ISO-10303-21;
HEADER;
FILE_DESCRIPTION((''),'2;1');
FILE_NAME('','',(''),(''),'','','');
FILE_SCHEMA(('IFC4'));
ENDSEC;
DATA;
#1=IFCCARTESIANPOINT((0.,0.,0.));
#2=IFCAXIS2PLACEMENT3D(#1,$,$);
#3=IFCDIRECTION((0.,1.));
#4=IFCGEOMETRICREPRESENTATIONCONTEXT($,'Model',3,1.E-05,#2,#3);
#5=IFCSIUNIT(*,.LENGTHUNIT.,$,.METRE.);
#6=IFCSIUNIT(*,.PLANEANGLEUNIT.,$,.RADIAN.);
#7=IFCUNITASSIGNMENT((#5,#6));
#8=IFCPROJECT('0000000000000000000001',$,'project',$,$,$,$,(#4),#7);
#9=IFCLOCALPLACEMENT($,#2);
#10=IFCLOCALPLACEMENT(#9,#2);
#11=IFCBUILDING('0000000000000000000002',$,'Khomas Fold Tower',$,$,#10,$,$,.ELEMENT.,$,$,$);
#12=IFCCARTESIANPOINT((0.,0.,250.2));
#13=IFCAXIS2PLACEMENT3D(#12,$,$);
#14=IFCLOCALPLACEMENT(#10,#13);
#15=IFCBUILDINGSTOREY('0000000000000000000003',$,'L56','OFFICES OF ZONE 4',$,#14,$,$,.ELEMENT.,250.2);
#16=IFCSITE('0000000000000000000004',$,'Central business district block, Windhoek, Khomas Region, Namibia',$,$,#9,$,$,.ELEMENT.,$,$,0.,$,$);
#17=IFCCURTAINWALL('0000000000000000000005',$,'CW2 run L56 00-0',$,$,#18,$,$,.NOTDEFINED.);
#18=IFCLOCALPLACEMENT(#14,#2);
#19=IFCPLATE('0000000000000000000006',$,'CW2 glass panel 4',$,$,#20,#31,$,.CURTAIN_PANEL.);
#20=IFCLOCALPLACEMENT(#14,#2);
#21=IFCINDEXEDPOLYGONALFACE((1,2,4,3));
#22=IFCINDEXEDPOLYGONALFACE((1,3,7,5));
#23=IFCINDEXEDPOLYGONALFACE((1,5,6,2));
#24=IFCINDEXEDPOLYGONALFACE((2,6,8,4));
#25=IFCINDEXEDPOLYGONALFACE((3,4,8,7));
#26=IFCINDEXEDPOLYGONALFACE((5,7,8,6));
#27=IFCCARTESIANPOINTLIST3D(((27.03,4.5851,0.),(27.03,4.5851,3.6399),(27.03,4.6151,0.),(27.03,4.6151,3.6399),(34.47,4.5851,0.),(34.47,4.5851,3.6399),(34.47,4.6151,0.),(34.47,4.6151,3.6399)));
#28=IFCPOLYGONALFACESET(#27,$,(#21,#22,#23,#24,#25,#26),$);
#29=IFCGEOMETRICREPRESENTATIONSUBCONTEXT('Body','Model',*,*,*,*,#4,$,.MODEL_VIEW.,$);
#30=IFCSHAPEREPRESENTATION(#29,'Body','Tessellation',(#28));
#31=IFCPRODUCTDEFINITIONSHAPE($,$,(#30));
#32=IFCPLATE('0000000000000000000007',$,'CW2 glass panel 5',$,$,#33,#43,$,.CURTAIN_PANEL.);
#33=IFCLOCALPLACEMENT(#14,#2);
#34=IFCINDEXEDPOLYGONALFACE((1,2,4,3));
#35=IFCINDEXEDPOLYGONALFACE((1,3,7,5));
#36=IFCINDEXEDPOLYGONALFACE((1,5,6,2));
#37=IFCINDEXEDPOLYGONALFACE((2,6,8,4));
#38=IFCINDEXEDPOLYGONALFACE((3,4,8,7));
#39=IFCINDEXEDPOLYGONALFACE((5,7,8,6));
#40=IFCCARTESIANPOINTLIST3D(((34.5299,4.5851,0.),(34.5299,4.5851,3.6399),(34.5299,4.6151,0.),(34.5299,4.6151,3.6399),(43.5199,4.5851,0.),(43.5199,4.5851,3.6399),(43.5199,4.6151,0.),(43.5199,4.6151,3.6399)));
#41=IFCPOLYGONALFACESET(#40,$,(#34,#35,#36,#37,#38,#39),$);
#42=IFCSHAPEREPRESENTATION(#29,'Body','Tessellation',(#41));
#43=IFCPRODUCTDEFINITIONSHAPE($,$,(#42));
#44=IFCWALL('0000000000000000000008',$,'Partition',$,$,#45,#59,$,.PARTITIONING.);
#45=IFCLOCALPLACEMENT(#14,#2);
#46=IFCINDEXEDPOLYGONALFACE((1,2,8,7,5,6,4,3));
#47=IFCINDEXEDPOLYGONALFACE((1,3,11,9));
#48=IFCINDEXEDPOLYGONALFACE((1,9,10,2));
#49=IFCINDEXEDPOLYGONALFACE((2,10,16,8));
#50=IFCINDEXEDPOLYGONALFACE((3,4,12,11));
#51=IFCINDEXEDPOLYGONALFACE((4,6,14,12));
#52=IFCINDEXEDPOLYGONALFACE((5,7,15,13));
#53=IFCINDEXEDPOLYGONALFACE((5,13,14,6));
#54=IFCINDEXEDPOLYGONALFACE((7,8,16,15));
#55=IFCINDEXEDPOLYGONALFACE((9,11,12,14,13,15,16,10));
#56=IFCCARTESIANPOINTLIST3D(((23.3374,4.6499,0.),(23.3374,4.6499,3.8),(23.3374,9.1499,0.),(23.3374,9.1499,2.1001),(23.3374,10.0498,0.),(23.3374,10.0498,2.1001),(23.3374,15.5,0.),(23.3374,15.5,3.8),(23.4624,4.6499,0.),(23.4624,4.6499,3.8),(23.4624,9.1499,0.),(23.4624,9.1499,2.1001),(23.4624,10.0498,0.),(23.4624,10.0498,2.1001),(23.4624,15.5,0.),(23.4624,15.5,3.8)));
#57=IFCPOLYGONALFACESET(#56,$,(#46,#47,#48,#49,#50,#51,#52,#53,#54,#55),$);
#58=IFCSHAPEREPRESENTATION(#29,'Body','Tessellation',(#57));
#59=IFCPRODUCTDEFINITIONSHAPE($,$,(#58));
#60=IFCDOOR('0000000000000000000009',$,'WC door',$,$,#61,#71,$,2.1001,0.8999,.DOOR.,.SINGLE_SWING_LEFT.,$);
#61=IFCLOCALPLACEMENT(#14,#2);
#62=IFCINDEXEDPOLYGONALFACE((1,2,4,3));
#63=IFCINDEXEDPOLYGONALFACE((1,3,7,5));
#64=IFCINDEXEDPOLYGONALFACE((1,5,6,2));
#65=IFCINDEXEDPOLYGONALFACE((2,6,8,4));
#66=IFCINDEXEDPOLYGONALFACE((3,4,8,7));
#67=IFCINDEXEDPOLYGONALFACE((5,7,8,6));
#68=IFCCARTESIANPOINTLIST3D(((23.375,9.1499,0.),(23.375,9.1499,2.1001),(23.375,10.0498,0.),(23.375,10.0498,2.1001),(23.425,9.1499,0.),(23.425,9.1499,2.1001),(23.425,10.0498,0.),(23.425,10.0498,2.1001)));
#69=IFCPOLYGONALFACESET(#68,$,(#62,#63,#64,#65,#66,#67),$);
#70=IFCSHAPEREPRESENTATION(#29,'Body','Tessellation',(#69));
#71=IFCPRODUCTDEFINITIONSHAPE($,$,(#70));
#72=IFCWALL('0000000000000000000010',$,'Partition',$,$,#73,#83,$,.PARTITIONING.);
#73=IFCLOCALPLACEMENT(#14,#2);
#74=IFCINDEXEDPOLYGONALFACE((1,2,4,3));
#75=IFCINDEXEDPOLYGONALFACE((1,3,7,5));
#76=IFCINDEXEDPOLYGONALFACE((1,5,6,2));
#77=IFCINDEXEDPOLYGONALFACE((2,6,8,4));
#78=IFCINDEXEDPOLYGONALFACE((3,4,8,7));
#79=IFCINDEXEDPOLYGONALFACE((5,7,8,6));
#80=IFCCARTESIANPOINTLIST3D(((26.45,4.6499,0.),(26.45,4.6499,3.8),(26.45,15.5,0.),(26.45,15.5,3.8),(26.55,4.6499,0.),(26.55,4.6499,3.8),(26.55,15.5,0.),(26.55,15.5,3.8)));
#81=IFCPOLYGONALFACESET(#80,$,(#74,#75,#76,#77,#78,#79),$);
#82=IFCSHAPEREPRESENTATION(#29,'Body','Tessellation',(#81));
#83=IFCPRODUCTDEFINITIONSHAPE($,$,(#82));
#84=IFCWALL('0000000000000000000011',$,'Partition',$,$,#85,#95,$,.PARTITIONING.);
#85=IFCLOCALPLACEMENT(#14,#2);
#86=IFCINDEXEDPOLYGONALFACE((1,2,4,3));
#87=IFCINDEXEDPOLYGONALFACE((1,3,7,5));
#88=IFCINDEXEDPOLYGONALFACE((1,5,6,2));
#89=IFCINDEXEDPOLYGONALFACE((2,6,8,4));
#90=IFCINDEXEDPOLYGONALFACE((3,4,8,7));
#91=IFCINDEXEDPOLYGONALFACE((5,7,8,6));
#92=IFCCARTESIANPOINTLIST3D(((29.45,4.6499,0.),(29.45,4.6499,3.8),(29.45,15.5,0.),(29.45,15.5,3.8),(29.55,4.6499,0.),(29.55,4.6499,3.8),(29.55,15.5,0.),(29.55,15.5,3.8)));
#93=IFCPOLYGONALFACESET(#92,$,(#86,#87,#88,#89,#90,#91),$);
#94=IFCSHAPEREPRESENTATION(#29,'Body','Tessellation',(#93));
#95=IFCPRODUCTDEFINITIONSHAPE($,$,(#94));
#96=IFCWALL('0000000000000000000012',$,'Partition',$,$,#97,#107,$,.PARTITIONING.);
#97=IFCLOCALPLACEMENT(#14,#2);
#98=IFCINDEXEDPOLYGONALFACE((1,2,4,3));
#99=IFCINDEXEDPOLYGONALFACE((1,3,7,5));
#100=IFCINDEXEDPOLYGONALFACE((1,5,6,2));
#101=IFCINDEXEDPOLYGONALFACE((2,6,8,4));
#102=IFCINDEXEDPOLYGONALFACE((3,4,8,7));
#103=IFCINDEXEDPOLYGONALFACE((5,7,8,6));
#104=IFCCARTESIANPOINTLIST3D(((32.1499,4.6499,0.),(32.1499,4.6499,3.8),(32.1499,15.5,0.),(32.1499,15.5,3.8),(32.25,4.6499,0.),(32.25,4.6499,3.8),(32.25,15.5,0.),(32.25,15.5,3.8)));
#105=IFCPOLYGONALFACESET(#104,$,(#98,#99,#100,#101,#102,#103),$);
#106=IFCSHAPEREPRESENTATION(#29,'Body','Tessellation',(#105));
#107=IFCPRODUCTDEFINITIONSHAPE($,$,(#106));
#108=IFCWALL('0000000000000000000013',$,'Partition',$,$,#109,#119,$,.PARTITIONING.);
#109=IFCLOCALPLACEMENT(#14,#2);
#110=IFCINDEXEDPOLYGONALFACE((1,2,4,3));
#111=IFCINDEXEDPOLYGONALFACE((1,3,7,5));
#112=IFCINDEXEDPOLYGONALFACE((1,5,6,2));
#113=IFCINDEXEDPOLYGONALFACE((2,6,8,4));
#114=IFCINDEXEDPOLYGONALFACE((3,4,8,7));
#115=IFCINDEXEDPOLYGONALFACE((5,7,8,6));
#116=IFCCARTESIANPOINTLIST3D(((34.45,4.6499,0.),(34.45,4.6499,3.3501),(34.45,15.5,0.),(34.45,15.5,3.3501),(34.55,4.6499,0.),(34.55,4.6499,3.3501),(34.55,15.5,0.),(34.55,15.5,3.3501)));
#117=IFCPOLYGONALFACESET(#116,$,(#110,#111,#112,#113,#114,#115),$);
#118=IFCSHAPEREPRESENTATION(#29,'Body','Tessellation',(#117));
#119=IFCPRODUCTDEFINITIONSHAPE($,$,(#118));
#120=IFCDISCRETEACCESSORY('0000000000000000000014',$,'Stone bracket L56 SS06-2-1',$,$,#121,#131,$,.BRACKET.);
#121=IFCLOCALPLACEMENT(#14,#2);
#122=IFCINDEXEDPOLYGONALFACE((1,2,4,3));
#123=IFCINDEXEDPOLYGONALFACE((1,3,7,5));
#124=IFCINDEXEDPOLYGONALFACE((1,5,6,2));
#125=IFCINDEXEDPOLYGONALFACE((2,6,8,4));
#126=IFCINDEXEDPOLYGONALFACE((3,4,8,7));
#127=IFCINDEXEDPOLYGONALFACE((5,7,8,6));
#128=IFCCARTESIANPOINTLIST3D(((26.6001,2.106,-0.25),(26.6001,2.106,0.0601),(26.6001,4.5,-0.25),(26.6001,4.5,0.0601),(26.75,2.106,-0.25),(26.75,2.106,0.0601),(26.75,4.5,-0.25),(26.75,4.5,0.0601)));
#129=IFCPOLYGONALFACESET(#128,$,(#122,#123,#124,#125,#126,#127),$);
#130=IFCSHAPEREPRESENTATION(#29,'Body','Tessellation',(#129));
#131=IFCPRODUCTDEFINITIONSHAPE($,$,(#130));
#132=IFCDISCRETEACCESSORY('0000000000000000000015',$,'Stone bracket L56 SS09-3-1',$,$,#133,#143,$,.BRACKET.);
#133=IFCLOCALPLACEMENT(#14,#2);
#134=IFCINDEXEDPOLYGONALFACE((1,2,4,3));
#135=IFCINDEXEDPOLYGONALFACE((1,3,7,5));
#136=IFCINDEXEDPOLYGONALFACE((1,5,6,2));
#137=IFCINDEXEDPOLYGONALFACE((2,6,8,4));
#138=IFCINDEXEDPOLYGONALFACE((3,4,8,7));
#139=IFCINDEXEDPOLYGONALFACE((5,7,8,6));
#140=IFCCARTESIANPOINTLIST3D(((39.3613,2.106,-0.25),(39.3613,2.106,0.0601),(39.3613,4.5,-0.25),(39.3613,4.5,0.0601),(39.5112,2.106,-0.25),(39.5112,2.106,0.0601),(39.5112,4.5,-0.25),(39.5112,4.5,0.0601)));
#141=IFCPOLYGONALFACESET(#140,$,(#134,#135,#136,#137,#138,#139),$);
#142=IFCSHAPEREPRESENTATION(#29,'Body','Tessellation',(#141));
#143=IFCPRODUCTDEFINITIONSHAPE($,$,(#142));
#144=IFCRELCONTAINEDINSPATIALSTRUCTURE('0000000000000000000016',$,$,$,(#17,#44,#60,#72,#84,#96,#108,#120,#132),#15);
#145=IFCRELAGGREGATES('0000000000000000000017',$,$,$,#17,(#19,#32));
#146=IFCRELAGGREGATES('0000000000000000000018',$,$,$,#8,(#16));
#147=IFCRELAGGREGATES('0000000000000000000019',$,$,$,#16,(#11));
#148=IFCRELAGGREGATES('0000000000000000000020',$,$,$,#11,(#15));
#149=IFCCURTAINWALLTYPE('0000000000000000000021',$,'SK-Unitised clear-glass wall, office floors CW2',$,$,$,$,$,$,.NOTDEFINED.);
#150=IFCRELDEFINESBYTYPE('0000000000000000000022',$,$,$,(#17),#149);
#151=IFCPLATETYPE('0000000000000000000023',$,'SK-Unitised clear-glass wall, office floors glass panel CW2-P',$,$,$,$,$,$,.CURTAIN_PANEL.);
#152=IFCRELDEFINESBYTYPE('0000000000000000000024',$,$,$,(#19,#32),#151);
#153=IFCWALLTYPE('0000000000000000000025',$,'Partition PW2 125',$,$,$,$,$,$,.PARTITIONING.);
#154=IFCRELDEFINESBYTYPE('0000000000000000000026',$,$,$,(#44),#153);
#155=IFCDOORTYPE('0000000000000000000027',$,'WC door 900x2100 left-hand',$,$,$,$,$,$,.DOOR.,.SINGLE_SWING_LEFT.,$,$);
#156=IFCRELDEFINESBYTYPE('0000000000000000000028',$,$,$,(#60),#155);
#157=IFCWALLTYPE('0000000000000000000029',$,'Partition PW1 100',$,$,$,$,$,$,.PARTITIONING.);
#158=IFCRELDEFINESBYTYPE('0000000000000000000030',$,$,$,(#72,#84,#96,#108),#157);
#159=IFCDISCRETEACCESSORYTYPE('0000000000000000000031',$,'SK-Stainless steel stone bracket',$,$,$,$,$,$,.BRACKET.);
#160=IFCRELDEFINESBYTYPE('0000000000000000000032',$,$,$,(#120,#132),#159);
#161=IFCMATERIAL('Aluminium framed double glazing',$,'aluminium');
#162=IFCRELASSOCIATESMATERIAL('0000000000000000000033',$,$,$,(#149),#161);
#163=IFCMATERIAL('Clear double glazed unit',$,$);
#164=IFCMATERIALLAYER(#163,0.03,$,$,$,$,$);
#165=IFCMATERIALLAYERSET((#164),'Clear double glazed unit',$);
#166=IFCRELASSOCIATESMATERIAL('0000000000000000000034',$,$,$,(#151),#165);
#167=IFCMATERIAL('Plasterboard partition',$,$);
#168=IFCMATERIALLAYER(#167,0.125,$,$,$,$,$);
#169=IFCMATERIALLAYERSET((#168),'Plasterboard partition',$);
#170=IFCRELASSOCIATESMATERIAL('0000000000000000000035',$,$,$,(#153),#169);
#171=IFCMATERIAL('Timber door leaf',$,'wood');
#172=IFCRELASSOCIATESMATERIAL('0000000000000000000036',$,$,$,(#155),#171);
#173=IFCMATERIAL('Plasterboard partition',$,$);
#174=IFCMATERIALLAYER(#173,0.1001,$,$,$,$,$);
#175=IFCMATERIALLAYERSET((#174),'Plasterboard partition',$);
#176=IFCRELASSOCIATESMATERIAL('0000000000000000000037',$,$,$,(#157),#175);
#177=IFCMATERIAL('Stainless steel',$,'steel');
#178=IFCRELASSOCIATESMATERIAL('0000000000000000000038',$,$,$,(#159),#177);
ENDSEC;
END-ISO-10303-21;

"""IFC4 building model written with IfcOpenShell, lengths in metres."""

from ifc_helpers import new_model, si_unit, direction, frame, frame_2d, origin, origin_2d, place, context, subcontext, project, spatial, rectangle, extrude, source, transform, mapped, material, layer, layer_set, type_object, element, fill, aggregate, save


model = new_model("IFC4")

# Units and contexts
model_context = context("Model", 3, precision=1e-05, world=origin(), true_north=direction((0.0, 1.0)))
body_context = subcontext(model_context, "Body", "Model", "MODEL_VIEW")
ifc_project = project(units=[si_unit("LENGTHUNIT", "METRE"), si_unit("PLANEANGLEUNIT", "RADIAN")], contexts=[model_context])

# Site, building, storey
site_placement = place(None, origin())
site = spatial("IfcSite", under=ifc_project, at=site_placement, Name="Central business district block, Windhoek, Khomas Region, Namibia", CompositionType="ELEMENT", RefElevation=0.0)
building_placement = place(site_placement, origin())
building = spatial("IfcBuilding", under=site, at=building_placement, Name="Khomas Fold Tower", CompositionType="ELEMENT")
storey_placement = place(building_placement, frame((0.0, 0.0, 250.2)))
storey = spatial("IfcBuildingStorey", under=building, at=storey_placement, Name="L56", Description="OFFICES OF ZONE 4", CompositionType="ELEMENT", Elevation=250.2)

# Curtain wall, plates
ifc_material_1 = material(Name="Aluminium framed double glazing", Category="aluminium")
curtain_wall_type = type_object("IfcCurtainWallType", Name="SK-Unitised clear-glass wall, office floors CW2", PredefinedType="NOTDEFINED", material=ifc_material_1)
curtain_wall_placement = place(storey_placement, origin())
curtain_wall = element("IfcCurtainWall", 1, at=curtain_wall_placement, inside=storey, type_object=curtain_wall_type, Name="CW2 run L56 00-0", PredefinedType="NOTDEFINED")
ifc_material_2 = material(Name="Clear double glazed unit")
ifc_layer_1 = layer(ifc_material_2, 0.03)
ifc_layer_set_1 = layer_set([ifc_layer_1], Name="Clear double glazed unit")
plate_type = type_object("IfcPlateType", Name="SK-Unitised clear-glass wall, office floors glass panel CW2-P", PredefinedType="CURTAIN_PANEL", material=ifc_layer_set_1)
shared_shape_1 = source(origin(), body_context, "Body", "SweptSolid", [
    extrude(rectangle(XDim=7.4399, YDim=0.03, at=origin_2d()), origin(), (0.0, 0.0, 1.0), 3.6399),
])
plate_1_placement = place(storey_placement, frame((30.75, 4.6001, 0.0), z_axis=(0.0, 0.0, 1.0), x_axis=(1.0, 0.0, 0.0)))
plate_1 = element("IfcPlate", 2, at=plate_1_placement, type_object=plate_type, Name="CW2 glass panel 4", PredefinedType="CURTAIN_PANEL", context=body_context, shape_type="MappedRepresentation", body=[
    mapped(shared_shape_1, transform((0.0, 0.0, 0.0))),
])
shared_shape_2 = source(origin(), body_context, "Body", "SweptSolid", [
    extrude(rectangle(XDim=8.99, YDim=0.03, at=origin_2d()), origin(), (0.0, 0.0, 1.0), 3.6399),
])
plate_2_placement = place(storey_placement, frame((39.0249, 4.6001, 0.0), z_axis=(0.0, 0.0, 1.0), x_axis=(1.0, 0.0, 0.0)))
plate_2 = element("IfcPlate", 3, at=plate_2_placement, type_object=plate_type, Name="CW2 glass panel 5", PredefinedType="CURTAIN_PANEL", context=body_context, shape_type="MappedRepresentation", body=[
    mapped(shared_shape_2, transform((0.0, 0.0, 0.0))),
])
aggregate(curtain_wall, [plate_1, plate_2])

# Wall, opening, door
ifc_material_3 = material(Name="Plasterboard partition")
ifc_layer_2 = layer(ifc_material_3, 0.125)
ifc_layer_set_2 = layer_set([ifc_layer_2], Name="Plasterboard partition")
wall_type_1 = type_object("IfcWallType", Name="Partition PW2 125", PredefinedType="PARTITIONING", material=ifc_layer_set_2)
shared_shape_3 = source(origin(), body_context, "Body", "SweptSolid", [
    extrude(rectangle(XDim=10.8501, YDim=0.125, at=frame_2d((5.425, 0.0))), origin(), (0.0, 0.0, 1.0), 3.8),
])
wall_1_placement = place(storey_placement, frame((23.3999, 4.6499, 0.0), z_axis=(0.0, 0.0, 1.0), x_axis=(0.0, 1.0, 0.0)))
wall_1 = element("IfcWall", 4, at=wall_1_placement, inside=storey, type_object=wall_type_1, Name="Partition", PredefinedType="PARTITIONING", context=body_context, shape_type="MappedRepresentation", body=[
    mapped(shared_shape_3, transform((0.0, 0.0, 0.0))),
])
shared_shape_4 = source(origin(), body_context, "Body", "SweptSolid", [
    extrude(rectangle(XDim=0.8999, YDim=2.1001, at=frame_2d((0.45, 1.05))), frame((0.0, 0.0725, 0.0), z_axis=(0.0, -1.0, 0.0), x_axis=(1.0, 0.0, 0.0)), (0.0, 0.0, 1.0), 0.145),
])
opening_placement = place(wall_1_placement, frame((4.5, 0.0, 0.0)))
opening = element("IfcOpeningElement", 5, at=opening_placement, cuts=wall_1, PredefinedType="OPENING", context=body_context, shape_type="MappedRepresentation", body=[
    mapped(shared_shape_4, transform((0.0, 0.0, 0.0))),
])
ifc_material_4 = material(Name="Timber door leaf", Category="wood")
door_type = type_object("IfcDoorType", Name="WC door 900x2100 left-hand", OperationType="SINGLE_SWING_LEFT", PredefinedType="DOOR", material=ifc_material_4)
shared_shape_5 = source(origin(), body_context, "Body", "SweptSolid", [
    extrude(rectangle(XDim=0.8999, YDim=2.1001, at=frame_2d((0.45, 1.05))), frame((0.0, 0.0249, 0.0), z_axis=(0.0, -1.0, 0.0), x_axis=(1.0, 0.0, 0.0)), (0.0, 0.0, 1.0), 0.05),
])
door_placement = place(opening_placement, origin())
door = element("IfcDoor", 6, at=door_placement, inside=storey, type_object=door_type, Name="WC door", OperationType="SINGLE_SWING_LEFT", OverallHeight=2.1001, OverallWidth=0.8999, PredefinedType="DOOR", context=body_context, shape_type="MappedRepresentation", body=[
    mapped(shared_shape_5, transform((0.0, 0.0, 0.0))),
])
fill(opening, door)

# Walls
ifc_material_5 = material(Name="Plasterboard partition")
ifc_layer_3 = layer(ifc_material_5, 0.1001)
ifc_layer_set_3 = layer_set([ifc_layer_3], Name="Plasterboard partition")
wall_type_2 = type_object("IfcWallType", Name="Partition PW1 100", PredefinedType="PARTITIONING", material=ifc_layer_set_3)
shared_shape_6 = source(origin(), body_context, "Body", "SweptSolid", [
    extrude(rectangle(XDim=10.8501, YDim=0.1001, at=frame_2d((5.425, 0.0))), origin(), (0.0, 0.0, 1.0), 3.8),
])
for number, where, z_axis, x_axis, name in (
    (7, (26.5, 4.6499, 0.0), (0.0, 0.0, 1.0), (0.0, 1.0, 0.0), "Partition"),
    (8, (29.5, 4.6499, 0.0), (0.0, 0.0, 1.0), (0.0, 1.0, 0.0), "Partition"),
    (9, (32.2, 4.6499, 0.0), (0.0, 0.0, 1.0), (0.0, 1.0, 0.0), "Partition"),
):
    element("IfcWall", number, at=place(storey_placement, frame(where, z_axis=z_axis, x_axis=x_axis)), inside=storey, type_object=wall_type_2, Name=name, PredefinedType="PARTITIONING", context=body_context, shape_type="MappedRepresentation", body=[
        mapped(shared_shape_6, transform((0.0, 0.0, 0.0))),
    ])
shared_shape_7 = source(origin(), body_context, "Body", "SweptSolid", [
    extrude(rectangle(XDim=10.8501, YDim=0.1001, at=frame_2d((5.425, 0.0))), origin(), (0.0, 0.0, 1.0), 3.3501),
])
wall_2_placement = place(storey_placement, frame((34.5, 4.6499, 0.0), z_axis=(0.0, 0.0, 1.0), x_axis=(0.0, 1.0, 0.0)))
element("IfcWall", 10, at=wall_2_placement, inside=storey, type_object=wall_type_2, Name="Partition", PredefinedType="PARTITIONING", context=body_context, shape_type="MappedRepresentation", body=[
    mapped(shared_shape_7, transform((0.0, 0.0, 0.0))),
])

# Discrete accessories
ifc_material_6 = material(Name="Stainless steel", Category="steel")
discrete_accessory_type = type_object("IfcDiscreteAccessoryType", Name="SK-Stainless steel stone bracket", PredefinedType="BRACKET", material=ifc_material_6)
shared_shape_8 = source(origin(), body_context, "Body", "SweptSolid", [
    extrude(rectangle(XDim=2.394, YDim=0.1499, at=origin_2d()), origin(), (0.0, 0.0, 1.0), 0.3101),
])
for number, where, z_axis, x_axis, name in (
    (11, (26.675, 3.303, -0.25), (0.0, 0.0, 1.0), (0.0, -1.0, 0.0), "Stone bracket L56 SS06-2-1"),
    (12, (39.4363, 3.303, -0.25), (0.0, 0.0, 1.0), (0.0, -1.0, 0.0), "Stone bracket L56 SS09-3-1"),
):
    element("IfcDiscreteAccessory", number, at=place(storey_placement, frame(where, z_axis=z_axis, x_axis=x_axis)), inside=storey, type_object=discrete_accessory_type, Name=name, PredefinedType="BRACKET", context=body_context, shape_type="MappedRepresentation", body=[
        mapped(shared_shape_8, transform((0.0, 0.0, 0.0))),
    ])

save(model, "model.ifc")
